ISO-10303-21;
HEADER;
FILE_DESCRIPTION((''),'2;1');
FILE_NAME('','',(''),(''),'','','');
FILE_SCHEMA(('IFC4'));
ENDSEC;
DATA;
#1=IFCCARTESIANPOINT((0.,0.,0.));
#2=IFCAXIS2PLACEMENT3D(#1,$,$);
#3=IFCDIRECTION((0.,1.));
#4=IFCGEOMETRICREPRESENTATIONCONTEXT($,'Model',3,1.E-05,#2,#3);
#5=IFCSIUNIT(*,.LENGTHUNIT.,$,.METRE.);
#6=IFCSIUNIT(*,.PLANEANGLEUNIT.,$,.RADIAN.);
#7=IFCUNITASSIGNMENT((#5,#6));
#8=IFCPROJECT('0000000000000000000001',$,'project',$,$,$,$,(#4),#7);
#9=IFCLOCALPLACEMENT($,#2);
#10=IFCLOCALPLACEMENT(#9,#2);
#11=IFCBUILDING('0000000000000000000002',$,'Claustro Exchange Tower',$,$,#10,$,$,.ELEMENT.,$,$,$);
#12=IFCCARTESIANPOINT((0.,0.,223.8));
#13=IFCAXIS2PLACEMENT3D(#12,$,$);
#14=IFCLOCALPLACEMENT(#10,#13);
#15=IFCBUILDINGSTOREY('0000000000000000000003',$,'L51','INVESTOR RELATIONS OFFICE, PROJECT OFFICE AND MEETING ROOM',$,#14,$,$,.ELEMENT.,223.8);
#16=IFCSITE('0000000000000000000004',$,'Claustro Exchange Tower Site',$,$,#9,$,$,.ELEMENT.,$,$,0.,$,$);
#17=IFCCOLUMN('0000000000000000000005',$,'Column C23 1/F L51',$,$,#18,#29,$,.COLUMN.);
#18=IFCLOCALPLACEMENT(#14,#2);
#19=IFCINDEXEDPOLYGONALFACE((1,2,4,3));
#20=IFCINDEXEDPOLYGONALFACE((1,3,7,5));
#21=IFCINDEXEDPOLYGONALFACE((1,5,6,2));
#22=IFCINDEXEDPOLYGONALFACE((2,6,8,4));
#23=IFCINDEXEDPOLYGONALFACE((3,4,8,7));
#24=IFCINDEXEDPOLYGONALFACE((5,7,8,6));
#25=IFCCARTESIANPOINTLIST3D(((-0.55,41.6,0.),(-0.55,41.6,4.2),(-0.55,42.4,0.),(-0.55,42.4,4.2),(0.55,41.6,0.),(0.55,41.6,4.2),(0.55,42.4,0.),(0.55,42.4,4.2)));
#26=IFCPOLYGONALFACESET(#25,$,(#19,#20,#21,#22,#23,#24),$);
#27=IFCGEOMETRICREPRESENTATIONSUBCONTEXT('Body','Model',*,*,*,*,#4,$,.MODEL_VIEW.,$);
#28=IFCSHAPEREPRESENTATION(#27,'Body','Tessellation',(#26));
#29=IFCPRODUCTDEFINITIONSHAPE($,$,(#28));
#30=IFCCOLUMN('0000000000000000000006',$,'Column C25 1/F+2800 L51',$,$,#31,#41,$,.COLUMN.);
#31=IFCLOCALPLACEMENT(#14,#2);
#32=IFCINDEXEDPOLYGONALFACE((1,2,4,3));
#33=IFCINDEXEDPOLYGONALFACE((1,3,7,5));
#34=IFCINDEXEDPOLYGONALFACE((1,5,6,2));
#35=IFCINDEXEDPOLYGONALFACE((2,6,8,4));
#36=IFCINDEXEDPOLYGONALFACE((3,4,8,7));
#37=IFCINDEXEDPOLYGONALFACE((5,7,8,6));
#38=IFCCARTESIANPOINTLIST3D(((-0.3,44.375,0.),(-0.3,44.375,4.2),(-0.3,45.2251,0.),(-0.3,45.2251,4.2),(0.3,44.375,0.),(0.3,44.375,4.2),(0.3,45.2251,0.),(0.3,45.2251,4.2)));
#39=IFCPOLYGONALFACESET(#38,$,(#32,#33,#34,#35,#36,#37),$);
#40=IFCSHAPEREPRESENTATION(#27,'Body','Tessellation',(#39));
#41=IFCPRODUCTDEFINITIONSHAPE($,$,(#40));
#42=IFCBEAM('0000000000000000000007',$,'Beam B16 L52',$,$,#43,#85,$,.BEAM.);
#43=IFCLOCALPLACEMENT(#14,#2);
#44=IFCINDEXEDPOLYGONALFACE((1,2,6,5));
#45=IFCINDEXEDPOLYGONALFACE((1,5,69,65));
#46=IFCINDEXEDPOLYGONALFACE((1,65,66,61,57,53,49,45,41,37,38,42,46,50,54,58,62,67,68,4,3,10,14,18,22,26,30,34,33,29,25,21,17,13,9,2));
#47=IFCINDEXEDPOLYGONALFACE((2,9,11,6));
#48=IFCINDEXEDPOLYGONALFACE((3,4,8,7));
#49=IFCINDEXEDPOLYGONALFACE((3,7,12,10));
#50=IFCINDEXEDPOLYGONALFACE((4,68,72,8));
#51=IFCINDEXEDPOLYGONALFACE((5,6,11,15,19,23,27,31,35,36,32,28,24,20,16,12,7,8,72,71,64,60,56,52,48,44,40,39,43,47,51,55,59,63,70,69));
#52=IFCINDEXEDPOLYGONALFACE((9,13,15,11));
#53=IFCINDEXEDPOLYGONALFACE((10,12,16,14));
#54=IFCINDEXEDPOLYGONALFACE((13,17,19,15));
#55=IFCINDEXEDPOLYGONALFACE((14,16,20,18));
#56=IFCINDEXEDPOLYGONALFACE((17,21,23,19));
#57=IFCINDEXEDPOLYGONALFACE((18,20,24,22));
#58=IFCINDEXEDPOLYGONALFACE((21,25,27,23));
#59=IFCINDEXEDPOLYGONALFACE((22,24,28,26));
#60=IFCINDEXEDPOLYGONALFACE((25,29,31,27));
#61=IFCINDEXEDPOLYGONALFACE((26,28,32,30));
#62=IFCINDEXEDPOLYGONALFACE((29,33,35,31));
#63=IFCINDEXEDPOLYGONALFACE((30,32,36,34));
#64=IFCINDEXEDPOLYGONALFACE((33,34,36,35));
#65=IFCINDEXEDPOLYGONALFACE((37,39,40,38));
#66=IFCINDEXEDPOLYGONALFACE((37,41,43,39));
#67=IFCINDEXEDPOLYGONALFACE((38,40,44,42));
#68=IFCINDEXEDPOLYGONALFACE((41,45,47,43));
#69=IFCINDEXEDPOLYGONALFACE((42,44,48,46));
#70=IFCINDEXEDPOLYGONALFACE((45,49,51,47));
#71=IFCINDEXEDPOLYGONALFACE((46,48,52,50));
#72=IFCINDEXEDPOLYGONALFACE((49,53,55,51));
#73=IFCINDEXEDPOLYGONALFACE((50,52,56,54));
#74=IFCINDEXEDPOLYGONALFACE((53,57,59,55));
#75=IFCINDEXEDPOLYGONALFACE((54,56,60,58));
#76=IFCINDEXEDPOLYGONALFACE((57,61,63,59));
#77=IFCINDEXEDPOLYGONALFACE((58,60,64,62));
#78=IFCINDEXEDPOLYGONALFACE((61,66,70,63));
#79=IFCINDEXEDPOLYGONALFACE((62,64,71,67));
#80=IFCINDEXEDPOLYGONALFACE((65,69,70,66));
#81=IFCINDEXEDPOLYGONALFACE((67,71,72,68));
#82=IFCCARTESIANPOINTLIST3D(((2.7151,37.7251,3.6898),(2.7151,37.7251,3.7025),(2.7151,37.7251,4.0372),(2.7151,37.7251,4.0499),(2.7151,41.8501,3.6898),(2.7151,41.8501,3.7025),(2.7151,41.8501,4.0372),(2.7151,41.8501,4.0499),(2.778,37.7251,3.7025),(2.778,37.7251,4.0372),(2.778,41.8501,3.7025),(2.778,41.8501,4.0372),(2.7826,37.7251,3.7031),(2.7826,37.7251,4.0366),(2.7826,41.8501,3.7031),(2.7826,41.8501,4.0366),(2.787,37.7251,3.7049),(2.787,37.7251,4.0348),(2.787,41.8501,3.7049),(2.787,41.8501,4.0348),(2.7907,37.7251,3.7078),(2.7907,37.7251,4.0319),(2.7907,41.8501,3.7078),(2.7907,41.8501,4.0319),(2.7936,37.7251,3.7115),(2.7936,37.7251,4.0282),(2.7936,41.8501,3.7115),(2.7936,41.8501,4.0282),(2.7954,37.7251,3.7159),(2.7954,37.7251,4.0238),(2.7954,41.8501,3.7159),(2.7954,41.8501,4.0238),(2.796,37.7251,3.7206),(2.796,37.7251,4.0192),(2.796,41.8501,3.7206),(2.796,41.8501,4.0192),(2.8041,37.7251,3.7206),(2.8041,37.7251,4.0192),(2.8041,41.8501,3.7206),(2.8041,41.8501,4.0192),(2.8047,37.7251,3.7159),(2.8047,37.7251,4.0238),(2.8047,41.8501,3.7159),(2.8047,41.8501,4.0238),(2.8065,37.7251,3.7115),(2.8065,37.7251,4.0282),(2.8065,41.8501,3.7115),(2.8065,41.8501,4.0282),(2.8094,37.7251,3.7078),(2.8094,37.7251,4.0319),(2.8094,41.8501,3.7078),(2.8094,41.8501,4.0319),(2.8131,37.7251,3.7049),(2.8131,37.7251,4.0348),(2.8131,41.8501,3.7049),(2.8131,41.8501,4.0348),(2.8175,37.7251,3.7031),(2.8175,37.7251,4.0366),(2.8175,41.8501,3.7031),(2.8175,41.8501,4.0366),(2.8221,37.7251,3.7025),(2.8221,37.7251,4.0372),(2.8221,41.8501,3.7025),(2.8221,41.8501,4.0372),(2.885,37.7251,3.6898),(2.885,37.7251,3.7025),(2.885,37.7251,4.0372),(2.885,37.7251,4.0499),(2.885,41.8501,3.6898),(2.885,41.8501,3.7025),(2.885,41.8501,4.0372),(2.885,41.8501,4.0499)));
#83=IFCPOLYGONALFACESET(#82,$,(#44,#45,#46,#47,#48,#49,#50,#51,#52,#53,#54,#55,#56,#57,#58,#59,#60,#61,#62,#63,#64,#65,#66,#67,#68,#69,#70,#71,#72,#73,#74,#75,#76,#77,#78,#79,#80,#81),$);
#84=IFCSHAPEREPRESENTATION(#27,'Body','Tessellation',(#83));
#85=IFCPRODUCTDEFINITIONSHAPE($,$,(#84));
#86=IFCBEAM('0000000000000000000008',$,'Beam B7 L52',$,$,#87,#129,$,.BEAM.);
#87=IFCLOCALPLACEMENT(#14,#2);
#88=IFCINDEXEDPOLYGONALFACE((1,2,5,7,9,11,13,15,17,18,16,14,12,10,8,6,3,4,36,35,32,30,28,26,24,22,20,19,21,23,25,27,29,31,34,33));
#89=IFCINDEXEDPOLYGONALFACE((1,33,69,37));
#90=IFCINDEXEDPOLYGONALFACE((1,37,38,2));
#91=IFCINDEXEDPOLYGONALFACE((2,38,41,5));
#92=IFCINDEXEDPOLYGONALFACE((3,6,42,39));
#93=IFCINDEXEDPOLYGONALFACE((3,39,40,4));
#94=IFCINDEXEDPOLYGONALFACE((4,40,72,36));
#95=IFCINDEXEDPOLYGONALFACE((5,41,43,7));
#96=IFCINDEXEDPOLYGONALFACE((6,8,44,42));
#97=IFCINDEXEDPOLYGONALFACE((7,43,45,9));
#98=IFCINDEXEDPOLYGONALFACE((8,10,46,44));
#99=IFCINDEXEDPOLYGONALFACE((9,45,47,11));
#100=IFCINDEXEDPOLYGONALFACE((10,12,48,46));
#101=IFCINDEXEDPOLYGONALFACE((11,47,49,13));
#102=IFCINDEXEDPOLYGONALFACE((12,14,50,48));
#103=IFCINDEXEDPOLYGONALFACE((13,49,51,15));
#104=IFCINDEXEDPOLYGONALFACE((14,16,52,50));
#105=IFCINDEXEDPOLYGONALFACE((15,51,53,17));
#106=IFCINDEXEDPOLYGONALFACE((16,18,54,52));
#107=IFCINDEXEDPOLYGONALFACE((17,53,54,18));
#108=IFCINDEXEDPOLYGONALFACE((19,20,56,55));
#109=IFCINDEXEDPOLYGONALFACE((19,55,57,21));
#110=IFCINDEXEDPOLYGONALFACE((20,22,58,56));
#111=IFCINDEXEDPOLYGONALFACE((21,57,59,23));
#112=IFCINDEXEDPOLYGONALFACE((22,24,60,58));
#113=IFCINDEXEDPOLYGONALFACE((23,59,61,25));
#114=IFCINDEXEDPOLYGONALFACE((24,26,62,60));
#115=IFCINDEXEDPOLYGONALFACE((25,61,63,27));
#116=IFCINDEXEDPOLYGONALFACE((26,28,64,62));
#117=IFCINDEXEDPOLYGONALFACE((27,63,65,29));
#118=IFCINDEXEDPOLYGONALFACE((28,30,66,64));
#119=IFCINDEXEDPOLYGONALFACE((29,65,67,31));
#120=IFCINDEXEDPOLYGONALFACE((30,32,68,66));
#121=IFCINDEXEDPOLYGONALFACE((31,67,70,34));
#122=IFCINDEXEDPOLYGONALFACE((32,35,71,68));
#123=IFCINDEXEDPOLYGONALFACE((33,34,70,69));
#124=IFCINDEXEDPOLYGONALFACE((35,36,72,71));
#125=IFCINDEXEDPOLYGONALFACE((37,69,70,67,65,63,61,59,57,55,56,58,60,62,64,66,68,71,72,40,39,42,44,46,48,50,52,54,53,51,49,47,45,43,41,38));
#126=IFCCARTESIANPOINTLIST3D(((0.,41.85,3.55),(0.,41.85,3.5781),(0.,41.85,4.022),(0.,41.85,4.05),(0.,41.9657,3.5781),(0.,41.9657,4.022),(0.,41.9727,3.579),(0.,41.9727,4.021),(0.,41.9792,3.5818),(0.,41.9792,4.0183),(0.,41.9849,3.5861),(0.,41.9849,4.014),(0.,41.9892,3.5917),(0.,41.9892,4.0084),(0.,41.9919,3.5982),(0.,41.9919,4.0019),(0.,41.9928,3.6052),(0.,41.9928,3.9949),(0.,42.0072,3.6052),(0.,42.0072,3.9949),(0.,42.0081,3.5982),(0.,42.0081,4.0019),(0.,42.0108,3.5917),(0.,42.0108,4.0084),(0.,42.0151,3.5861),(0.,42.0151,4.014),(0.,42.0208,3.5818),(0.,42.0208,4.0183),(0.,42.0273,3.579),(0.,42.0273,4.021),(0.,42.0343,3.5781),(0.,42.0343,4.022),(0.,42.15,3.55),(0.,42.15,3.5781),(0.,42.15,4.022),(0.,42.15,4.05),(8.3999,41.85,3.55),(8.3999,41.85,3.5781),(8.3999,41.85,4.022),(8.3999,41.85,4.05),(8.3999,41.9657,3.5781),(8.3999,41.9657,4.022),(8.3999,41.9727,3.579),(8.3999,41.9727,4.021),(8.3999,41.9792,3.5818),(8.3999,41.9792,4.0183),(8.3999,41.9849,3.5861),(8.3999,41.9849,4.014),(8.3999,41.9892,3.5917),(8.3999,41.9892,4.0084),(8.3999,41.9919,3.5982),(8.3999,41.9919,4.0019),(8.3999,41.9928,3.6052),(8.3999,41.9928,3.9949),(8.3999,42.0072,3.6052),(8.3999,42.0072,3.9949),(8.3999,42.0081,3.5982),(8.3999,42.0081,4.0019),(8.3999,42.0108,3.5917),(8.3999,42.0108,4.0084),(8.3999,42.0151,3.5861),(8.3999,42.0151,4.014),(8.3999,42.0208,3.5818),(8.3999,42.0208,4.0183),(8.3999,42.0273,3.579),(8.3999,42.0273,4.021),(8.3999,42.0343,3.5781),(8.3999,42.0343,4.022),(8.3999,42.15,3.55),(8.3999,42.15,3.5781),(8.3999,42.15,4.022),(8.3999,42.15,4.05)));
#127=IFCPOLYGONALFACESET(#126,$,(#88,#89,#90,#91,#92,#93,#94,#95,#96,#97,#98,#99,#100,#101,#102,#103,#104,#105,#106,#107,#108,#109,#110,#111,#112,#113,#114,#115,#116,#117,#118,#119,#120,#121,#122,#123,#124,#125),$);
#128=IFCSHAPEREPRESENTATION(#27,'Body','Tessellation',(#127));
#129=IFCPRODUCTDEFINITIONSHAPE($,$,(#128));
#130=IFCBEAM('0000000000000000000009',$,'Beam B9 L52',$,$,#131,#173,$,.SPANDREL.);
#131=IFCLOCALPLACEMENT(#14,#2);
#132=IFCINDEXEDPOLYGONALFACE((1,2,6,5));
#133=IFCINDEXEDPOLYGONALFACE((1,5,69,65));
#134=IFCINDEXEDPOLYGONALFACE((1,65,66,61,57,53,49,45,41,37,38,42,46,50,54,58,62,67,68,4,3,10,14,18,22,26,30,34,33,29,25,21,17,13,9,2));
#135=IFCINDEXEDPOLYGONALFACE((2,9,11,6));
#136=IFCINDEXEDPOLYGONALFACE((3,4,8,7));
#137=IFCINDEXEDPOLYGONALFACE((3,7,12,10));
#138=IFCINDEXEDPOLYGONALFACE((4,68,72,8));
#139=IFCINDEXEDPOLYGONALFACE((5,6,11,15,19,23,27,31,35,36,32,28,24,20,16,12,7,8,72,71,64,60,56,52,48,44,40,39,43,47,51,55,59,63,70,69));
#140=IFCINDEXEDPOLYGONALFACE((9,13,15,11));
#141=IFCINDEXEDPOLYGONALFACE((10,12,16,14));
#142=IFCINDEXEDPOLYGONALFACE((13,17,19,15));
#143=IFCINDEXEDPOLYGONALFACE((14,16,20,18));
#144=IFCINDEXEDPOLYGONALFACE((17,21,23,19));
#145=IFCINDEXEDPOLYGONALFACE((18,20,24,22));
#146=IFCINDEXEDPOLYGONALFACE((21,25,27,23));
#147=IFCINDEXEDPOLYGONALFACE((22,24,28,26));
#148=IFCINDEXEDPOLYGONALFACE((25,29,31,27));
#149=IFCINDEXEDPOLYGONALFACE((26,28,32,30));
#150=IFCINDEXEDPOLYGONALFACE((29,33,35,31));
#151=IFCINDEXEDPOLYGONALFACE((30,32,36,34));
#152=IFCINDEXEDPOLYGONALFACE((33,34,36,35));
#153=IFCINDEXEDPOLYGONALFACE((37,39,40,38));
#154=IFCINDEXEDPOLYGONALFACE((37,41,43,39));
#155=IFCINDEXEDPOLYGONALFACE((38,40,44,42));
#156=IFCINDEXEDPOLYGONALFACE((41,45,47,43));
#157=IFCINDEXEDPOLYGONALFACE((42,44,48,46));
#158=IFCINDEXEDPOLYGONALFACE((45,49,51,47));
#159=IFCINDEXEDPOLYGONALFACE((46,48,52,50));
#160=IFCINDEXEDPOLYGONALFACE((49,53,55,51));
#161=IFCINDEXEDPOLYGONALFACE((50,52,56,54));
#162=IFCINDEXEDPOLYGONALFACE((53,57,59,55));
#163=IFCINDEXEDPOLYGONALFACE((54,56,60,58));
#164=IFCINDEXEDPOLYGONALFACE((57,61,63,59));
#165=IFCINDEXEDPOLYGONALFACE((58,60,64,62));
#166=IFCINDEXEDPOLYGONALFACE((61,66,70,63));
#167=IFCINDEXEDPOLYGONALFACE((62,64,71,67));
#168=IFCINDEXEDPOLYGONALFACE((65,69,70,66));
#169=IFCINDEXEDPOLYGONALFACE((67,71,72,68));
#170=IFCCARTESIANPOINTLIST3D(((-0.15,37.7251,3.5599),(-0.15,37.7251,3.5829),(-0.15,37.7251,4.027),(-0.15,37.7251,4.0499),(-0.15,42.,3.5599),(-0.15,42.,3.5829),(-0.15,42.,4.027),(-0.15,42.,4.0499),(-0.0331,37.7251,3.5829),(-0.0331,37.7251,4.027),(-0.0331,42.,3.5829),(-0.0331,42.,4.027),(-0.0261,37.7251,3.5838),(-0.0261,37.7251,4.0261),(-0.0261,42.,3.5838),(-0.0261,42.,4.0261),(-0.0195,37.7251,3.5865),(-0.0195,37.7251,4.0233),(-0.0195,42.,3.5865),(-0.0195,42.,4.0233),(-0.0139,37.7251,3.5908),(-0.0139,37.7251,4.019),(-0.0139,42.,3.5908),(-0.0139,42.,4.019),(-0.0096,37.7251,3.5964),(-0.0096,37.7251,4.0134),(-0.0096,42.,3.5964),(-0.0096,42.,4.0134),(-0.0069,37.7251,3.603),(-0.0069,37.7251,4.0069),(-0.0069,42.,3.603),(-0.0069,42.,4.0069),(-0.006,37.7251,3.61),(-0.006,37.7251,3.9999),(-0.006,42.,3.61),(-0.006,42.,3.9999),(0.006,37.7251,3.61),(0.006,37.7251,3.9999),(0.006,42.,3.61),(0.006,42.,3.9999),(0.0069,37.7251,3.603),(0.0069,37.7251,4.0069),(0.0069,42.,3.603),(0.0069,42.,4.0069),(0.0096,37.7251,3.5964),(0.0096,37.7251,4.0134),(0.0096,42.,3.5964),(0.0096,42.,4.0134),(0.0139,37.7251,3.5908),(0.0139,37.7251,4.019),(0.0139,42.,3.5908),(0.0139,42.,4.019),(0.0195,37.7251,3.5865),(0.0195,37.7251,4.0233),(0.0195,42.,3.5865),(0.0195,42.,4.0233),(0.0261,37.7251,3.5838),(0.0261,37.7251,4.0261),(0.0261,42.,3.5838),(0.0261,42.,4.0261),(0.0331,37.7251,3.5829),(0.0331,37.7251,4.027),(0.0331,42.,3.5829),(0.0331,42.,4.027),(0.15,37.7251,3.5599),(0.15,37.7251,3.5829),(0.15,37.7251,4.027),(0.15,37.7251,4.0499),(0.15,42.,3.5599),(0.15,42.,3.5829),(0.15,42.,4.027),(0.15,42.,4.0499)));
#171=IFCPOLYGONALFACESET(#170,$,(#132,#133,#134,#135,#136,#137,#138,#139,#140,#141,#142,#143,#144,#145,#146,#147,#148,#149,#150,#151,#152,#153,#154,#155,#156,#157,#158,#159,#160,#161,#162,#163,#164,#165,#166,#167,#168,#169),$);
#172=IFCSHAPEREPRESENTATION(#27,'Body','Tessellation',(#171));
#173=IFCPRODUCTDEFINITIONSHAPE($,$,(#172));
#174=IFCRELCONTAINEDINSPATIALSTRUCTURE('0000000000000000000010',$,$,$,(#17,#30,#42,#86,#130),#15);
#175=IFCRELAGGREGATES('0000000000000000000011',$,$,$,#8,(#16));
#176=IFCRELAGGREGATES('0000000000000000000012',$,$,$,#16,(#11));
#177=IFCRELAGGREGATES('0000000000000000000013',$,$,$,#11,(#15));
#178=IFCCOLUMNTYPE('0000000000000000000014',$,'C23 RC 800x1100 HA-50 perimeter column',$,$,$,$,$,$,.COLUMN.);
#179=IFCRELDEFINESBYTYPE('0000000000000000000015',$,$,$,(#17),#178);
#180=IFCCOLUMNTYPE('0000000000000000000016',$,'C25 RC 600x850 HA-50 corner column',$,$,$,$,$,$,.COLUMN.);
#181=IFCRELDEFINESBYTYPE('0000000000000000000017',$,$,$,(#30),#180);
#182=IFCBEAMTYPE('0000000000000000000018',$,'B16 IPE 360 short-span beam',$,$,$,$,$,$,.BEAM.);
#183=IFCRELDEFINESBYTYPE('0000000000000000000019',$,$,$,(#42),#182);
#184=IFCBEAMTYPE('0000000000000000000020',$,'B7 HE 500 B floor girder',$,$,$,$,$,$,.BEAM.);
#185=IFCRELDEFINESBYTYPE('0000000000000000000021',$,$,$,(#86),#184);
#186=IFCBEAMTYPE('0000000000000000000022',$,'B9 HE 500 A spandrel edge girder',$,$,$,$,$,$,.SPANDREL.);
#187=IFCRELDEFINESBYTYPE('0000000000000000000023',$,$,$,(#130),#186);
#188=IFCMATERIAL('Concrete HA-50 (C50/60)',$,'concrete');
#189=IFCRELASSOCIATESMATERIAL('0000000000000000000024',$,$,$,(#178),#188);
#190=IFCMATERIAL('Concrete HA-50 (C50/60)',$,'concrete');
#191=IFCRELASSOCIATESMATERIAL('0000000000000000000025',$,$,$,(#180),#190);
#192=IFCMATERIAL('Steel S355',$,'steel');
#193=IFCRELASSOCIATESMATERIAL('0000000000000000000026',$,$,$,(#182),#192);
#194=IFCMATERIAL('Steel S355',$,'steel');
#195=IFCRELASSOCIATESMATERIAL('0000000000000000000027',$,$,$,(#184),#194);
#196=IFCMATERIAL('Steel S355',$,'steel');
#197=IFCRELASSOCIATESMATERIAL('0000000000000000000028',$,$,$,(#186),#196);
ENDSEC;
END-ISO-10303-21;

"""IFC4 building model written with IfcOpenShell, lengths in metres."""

from ifc_helpers import new_model, si_unit, direction, frame, origin, origin_2d, place, context, subcontext, project, spatial, rectangle, i_section, extrude, material, material_profile, profile_set, type_object, element, save


model = new_model("IFC4")

# Units and contexts
model_context = context("Model", 3, precision=1e-05, world=origin(), true_north=direction((0.0, 1.0)))
body_context = subcontext(model_context, "Body", "Model", "MODEL_VIEW")
ifc_project = project(units=[si_unit("LENGTHUNIT", "METRE"), si_unit("PLANEANGLEUNIT", "RADIAN")], contexts=[model_context])

# Site, building, storey
site_placement = place(None, origin())
site = spatial("IfcSite", under=ifc_project, at=site_placement, Name="Claustro Exchange Tower Site", CompositionType="ELEMENT", RefElevation=0.0)
building_placement = place(site_placement, origin())
building = spatial("IfcBuilding", under=site, at=building_placement, Name="Claustro Exchange Tower", CompositionType="ELEMENT")
storey_placement = place(building_placement, frame((0.0, 0.0, 223.8)))
storey = spatial("IfcBuildingStorey", under=building, at=storey_placement, Name="L51", Description="INVESTOR RELATIONS OFFICE, PROJECT OFFICE AND MEETING ROOM", CompositionType="ELEMENT", Elevation=223.8)

# Columns
ifc_material_1 = material(Name="Concrete HA-50 (C50/60)", Category="concrete")
ifc_material_profile_1 = material_profile(ifc_material_1, rectangle(XDim=0.8, YDim=1.1001, at=origin_2d()), Name="RC 800x1100")
ifc_profile_set_1 = profile_set([ifc_material_profile_1], Name="Concrete HA-50 (C50/60)")
column_type_1 = type_object("IfcColumnType", Name="C23 RC 800x1100 HA-50 perimeter column", PredefinedType="COLUMN", material=ifc_profile_set_1)
column_1_placement = place(storey_placement, frame((0.0, 42.0, 0.0), z_axis=(0.0, 0.0, 1.0), x_axis=(0.0, 1.0, 0.0)))
element("IfcColumn", 1, at=column_1_placement, inside=storey, type_object=column_type_1, Name="Column C23 1/F L51", PredefinedType="COLUMN", context=body_context, shape_type="SweptSolid", body=[
    extrude(rectangle(XDim=0.8, YDim=1.1001, at=origin_2d()), origin(), (0.0, 0.0, 1.0), 4.2),
])
ifc_material_2 = material(Name="Concrete HA-50 (C50/60)", Category="concrete")
ifc_material_profile_2 = material_profile(ifc_material_2, rectangle(XDim=0.6001, YDim=0.8501, at=origin_2d()), Name="RC 600x850")
ifc_profile_set_2 = profile_set([ifc_material_profile_2], Name="Concrete HA-50 (C50/60)")
column_type_2 = type_object("IfcColumnType", Name="C25 RC 600x850 HA-50 corner column", PredefinedType="COLUMN", material=ifc_profile_set_2)
column_2_placement = place(storey_placement, frame((0.0, 44.8, 0.0), z_axis=(0.0, 0.0, 1.0), x_axis=(1.0, 0.0, 0.0)))
element("IfcColumn", 2, at=column_2_placement, inside=storey, type_object=column_type_2, Name="Column C25 1/F+2800 L51", PredefinedType="COLUMN", context=body_context, shape_type="SweptSolid", body=[
    extrude(rectangle(XDim=0.6001, YDim=0.8501, at=origin_2d()), origin(), (0.0, 0.0, 1.0), 4.2),
])

# Beams
ifc_material_3 = material(Name="Steel S355", Category="steel")
ifc_material_profile_3 = material_profile(ifc_material_3, i_section(OverallWidth=0.1699, OverallDepth=0.3601, WebThickness=0.0081, FlangeThickness=0.0127, FilletRadius=0.0181, at=origin_2d()), Name="IPE 360")
ifc_profile_set_3 = profile_set([ifc_material_profile_3], Name="Steel S355")
beam_type_1 = type_object("IfcBeamType", Name="B16 IPE 360 short-span beam", PredefinedType="BEAM", material=ifc_profile_set_3)
beam_1_placement = place(storey_placement, frame((2.8, 37.7251, 3.8699), z_axis=(0.0, 1.0, 0.0), x_axis=(-1.0, 0.0, 0.0)))
element("IfcBeam", 3, at=beam_1_placement, inside=storey, type_object=beam_type_1, Name="Beam B16 L52", PredefinedType="BEAM", context=body_context, shape_type="SweptSolid", body=[
    extrude(i_section(OverallWidth=0.1699, OverallDepth=0.3601, WebThickness=0.0081, FlangeThickness=0.0127, FilletRadius=0.0181, at=origin_2d()), origin(), (0.0, 0.0, 1.0), 4.125),
])
ifc_material_4 = material(Name="Steel S355", Category="steel")
ifc_material_profile_4 = material_profile(ifc_material_4, i_section(OverallWidth=0.3, OverallDepth=0.5, WebThickness=0.0144, FlangeThickness=0.0281, FilletRadius=0.0271, at=origin_2d()), Name="HE 500 B")
ifc_profile_set_4 = profile_set([ifc_material_profile_4], Name="Steel S355")
beam_type_2 = type_object("IfcBeamType", Name="B7 HE 500 B floor girder", PredefinedType="BEAM", material=ifc_profile_set_4)
beam_2_placement = place(storey_placement, frame((0.0, 42.0, 3.8), z_axis=(1.0, 0.0, 0.0), x_axis=(0.0, 1.0, 0.0)))
element("IfcBeam", 4, at=beam_2_placement, inside=storey, type_object=beam_type_2, Name="Beam B7 L52", PredefinedType="BEAM", context=body_context, shape_type="SweptSolid", body=[
    extrude(i_section(OverallWidth=0.3, OverallDepth=0.5, WebThickness=0.0144, FlangeThickness=0.0281, FilletRadius=0.0271, at=origin_2d()), origin(), (0.0, 0.0, 1.0), 8.3999),
])
ifc_material_5 = material(Name="Steel S355", Category="steel")
ifc_material_profile_5 = material_profile(ifc_material_5, i_section(OverallWidth=0.3, OverallDepth=0.49, WebThickness=0.012, FlangeThickness=0.0229, FilletRadius=0.0271, at=origin_2d()), Name="HE 500 A")
ifc_profile_set_5 = profile_set([ifc_material_profile_5], Name="Steel S355")
beam_type_3 = type_object("IfcBeamType", Name="B9 HE 500 A spandrel edge girder", PredefinedType="SPANDREL", material=ifc_profile_set_5)
beam_3_placement = place(storey_placement, frame((0.0, 37.7251, 3.8049), z_axis=(0.0, 1.0, 0.0), x_axis=(-1.0, 0.0, 0.0)))
element("IfcBeam", 5, at=beam_3_placement, inside=storey, type_object=beam_type_3, Name="Beam B9 L52", PredefinedType="SPANDREL", context=body_context, shape_type="SweptSolid", body=[
    extrude(i_section(OverallWidth=0.3, OverallDepth=0.49, WebThickness=0.012, FlangeThickness=0.0229, FilletRadius=0.0271, at=origin_2d()), origin(), (0.0, 0.0, 1.0), 4.2749),
])

save(model, "model.ifc")
